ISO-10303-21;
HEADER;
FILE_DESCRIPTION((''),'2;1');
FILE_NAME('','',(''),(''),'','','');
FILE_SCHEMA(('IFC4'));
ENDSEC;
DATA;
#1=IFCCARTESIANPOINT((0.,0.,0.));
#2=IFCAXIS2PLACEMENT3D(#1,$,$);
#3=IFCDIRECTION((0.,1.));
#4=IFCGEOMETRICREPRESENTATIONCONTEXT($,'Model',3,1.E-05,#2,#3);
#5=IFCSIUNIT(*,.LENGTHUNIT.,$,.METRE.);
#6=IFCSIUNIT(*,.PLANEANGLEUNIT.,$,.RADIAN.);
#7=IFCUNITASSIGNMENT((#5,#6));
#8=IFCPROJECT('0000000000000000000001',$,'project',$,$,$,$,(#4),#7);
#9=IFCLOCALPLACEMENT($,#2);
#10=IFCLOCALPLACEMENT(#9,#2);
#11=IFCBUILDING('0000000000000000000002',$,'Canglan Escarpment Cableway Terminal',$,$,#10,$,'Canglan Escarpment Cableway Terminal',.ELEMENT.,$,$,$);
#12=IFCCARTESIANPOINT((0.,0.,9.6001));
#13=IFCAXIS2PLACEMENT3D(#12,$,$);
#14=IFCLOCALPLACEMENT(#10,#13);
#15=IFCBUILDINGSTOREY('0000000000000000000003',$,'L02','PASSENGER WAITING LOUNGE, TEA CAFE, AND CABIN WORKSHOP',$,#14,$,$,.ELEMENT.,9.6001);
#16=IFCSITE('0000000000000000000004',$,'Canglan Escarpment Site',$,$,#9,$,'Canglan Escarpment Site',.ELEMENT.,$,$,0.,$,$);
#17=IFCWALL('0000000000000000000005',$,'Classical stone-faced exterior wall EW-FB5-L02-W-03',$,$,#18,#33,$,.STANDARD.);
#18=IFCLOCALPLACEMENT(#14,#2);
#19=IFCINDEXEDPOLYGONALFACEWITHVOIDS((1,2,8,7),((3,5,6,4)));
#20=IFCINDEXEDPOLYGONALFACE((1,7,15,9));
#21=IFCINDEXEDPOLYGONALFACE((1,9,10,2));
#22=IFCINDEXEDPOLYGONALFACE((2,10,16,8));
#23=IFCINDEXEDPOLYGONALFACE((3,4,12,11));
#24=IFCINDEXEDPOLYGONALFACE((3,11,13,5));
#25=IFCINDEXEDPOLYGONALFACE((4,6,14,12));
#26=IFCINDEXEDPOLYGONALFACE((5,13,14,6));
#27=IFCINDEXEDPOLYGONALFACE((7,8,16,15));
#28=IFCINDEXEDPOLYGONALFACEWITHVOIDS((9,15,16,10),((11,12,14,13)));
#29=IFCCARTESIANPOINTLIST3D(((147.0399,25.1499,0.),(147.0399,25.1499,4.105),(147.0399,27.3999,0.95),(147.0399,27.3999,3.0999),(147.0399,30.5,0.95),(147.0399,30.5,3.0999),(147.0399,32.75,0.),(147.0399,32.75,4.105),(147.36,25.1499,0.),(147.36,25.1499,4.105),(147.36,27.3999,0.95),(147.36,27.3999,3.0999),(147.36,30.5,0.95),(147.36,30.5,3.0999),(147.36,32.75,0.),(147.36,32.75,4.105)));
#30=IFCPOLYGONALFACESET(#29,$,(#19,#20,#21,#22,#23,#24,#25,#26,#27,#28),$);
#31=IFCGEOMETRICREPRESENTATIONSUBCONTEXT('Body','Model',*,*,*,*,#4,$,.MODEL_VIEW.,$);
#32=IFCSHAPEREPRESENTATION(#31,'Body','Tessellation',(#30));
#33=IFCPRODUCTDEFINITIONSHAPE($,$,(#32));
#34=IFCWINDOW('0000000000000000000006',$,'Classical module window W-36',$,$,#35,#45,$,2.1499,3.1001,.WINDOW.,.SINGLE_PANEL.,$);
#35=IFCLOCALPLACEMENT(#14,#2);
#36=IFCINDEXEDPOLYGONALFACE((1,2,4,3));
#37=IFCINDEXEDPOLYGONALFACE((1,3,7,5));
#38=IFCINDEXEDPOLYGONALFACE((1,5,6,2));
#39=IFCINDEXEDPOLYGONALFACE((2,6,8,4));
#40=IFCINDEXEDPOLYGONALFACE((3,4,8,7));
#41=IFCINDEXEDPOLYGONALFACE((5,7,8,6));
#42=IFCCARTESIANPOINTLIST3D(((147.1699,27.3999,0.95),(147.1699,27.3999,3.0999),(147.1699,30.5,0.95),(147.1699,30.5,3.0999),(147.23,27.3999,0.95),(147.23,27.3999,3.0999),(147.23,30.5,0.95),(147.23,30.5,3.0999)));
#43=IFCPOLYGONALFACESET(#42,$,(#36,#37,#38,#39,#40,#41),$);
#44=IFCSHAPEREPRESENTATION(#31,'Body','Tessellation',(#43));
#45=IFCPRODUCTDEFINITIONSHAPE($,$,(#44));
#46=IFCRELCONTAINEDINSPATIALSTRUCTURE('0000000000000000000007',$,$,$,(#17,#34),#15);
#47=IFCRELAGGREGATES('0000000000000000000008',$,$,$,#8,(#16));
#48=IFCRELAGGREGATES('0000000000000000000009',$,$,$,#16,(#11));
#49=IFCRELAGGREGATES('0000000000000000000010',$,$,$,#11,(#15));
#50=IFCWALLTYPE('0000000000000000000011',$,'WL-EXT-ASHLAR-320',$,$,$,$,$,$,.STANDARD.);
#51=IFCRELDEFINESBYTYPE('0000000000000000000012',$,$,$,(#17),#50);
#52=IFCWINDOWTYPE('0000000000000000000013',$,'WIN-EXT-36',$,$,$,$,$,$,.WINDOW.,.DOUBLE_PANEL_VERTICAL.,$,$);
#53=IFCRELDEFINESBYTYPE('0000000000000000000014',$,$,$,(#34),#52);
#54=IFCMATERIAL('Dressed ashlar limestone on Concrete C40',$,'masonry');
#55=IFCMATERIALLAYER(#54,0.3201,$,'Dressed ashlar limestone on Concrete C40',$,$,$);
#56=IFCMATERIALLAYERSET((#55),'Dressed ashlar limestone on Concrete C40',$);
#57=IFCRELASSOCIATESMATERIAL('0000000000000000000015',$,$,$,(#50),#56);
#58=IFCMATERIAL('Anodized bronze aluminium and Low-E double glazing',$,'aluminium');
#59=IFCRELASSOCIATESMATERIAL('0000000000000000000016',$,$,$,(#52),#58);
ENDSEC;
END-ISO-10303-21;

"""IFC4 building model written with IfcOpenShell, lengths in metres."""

from ifc_helpers import new_model, si_unit, direction, frame, frame_2d, origin, place, context, subcontext, project, spatial, rectangle, extrude, material, layer, layer_set, type_object, element, fill, save


model = new_model("IFC4")

# Units and contexts
model_context = context("Model", 3, precision=1e-05, world=origin(), true_north=direction((0.0, 1.0)))
body_context = subcontext(model_context, "Body", "Model", "MODEL_VIEW")
ifc_project = project(units=[si_unit("LENGTHUNIT", "METRE"), si_unit("PLANEANGLEUNIT", "RADIAN")], contexts=[model_context])

# Site, building, storey
site_placement = place(None, origin())
site = spatial("IfcSite", under=ifc_project, at=site_placement, Name="Canglan Escarpment Site", LongName="Canglan Escarpment Site", CompositionType="ELEMENT", RefElevation=0.0)
building_placement = place(site_placement, origin())
building = spatial("IfcBuilding", under=site, at=building_placement, Name="Canglan Escarpment Cableway Terminal", LongName="Canglan Escarpment Cableway Terminal", CompositionType="ELEMENT")
storey_placement = place(building_placement, frame((0.0, 0.0, 9.6001)))
storey = spatial("IfcBuildingStorey", under=building, at=storey_placement, Name="L02", Description="PASSENGER WAITING LOUNGE, TEA CAFE, AND CABIN WORKSHOP", CompositionType="ELEMENT", Elevation=9.6001)

# Shared definitions
ifc_material_1 = material(Name="Anodized bronze aluminium and Low-E double glazing", Category="aluminium")

# Wall, opening, window
ifc_material_2 = material(Name="Dressed ashlar limestone on Concrete C40", Category="masonry")
ifc_layer_1 = layer(ifc_material_2, 0.3201, Name="Dressed ashlar limestone on Concrete C40")
ifc_layer_set_1 = layer_set([ifc_layer_1], Name="Dressed ashlar limestone on Concrete C40")
wall_type = type_object("IfcWallType", Name="WL-EXT-ASHLAR-320", PredefinedType="STANDARD", material=ifc_layer_set_1)
wall_placement = place(storey_placement, frame((147.2, 32.75, 0.0), z_axis=(0.0, 0.0, 1.0), x_axis=(0.0, -1.0, 0.0)))
wall = element("IfcWall", 1, at=wall_placement, inside=storey, type_object=wall_type, Name="Classical stone-faced exterior wall EW-FB5-L02-W-03", PredefinedType="STANDARD", context=body_context, shape_type="SweptSolid", body=[
    extrude(rectangle(XDim=7.6001, YDim=0.3201, at=frame_2d((3.8, 0.0))), origin(), (0.0, 0.0, 1.0), 4.105),
])
opening_placement = place(wall_placement, frame((2.25, 0.0, 0.95)))
opening = element("IfcOpeningElement", 2, at=opening_placement, cuts=wall, PredefinedType="OPENING", context=body_context, shape_type="SweptSolid", body=[
    extrude(rectangle(XDim=3.1001, YDim=2.1499, at=frame_2d((1.55, 1.075))), frame((0.0, 0.1699, 0.0), z_axis=(0.0, -1.0, 0.0), x_axis=(1.0, 0.0, 0.0)), (0.0, 0.0, 1.0), 0.3401),
])
window_type = type_object("IfcWindowType", Name="WIN-EXT-36", PartitioningType="DOUBLE_PANEL_VERTICAL", PredefinedType="WINDOW", material=ifc_material_1)
window_placement = place(opening_placement, origin())
window = element("IfcWindow", 3, at=window_placement, inside=storey, type_object=window_type, Name="Classical module window W-36", OverallHeight=2.1499, OverallWidth=3.1001, PartitioningType="SINGLE_PANEL", PredefinedType="WINDOW", context=body_context, shape_type="SweptSolid", body=[
    extrude(rectangle(XDim=3.1001, YDim=2.1499, at=frame_2d((1.55, 1.075))), frame((0.0, 0.03, 0.0), z_axis=(0.0, -1.0, 0.0), x_axis=(1.0, 0.0, 0.0)), (0.0, 0.0, 1.0), 0.0601),
])
fill(opening, window)

save(model, "model.ifc")
